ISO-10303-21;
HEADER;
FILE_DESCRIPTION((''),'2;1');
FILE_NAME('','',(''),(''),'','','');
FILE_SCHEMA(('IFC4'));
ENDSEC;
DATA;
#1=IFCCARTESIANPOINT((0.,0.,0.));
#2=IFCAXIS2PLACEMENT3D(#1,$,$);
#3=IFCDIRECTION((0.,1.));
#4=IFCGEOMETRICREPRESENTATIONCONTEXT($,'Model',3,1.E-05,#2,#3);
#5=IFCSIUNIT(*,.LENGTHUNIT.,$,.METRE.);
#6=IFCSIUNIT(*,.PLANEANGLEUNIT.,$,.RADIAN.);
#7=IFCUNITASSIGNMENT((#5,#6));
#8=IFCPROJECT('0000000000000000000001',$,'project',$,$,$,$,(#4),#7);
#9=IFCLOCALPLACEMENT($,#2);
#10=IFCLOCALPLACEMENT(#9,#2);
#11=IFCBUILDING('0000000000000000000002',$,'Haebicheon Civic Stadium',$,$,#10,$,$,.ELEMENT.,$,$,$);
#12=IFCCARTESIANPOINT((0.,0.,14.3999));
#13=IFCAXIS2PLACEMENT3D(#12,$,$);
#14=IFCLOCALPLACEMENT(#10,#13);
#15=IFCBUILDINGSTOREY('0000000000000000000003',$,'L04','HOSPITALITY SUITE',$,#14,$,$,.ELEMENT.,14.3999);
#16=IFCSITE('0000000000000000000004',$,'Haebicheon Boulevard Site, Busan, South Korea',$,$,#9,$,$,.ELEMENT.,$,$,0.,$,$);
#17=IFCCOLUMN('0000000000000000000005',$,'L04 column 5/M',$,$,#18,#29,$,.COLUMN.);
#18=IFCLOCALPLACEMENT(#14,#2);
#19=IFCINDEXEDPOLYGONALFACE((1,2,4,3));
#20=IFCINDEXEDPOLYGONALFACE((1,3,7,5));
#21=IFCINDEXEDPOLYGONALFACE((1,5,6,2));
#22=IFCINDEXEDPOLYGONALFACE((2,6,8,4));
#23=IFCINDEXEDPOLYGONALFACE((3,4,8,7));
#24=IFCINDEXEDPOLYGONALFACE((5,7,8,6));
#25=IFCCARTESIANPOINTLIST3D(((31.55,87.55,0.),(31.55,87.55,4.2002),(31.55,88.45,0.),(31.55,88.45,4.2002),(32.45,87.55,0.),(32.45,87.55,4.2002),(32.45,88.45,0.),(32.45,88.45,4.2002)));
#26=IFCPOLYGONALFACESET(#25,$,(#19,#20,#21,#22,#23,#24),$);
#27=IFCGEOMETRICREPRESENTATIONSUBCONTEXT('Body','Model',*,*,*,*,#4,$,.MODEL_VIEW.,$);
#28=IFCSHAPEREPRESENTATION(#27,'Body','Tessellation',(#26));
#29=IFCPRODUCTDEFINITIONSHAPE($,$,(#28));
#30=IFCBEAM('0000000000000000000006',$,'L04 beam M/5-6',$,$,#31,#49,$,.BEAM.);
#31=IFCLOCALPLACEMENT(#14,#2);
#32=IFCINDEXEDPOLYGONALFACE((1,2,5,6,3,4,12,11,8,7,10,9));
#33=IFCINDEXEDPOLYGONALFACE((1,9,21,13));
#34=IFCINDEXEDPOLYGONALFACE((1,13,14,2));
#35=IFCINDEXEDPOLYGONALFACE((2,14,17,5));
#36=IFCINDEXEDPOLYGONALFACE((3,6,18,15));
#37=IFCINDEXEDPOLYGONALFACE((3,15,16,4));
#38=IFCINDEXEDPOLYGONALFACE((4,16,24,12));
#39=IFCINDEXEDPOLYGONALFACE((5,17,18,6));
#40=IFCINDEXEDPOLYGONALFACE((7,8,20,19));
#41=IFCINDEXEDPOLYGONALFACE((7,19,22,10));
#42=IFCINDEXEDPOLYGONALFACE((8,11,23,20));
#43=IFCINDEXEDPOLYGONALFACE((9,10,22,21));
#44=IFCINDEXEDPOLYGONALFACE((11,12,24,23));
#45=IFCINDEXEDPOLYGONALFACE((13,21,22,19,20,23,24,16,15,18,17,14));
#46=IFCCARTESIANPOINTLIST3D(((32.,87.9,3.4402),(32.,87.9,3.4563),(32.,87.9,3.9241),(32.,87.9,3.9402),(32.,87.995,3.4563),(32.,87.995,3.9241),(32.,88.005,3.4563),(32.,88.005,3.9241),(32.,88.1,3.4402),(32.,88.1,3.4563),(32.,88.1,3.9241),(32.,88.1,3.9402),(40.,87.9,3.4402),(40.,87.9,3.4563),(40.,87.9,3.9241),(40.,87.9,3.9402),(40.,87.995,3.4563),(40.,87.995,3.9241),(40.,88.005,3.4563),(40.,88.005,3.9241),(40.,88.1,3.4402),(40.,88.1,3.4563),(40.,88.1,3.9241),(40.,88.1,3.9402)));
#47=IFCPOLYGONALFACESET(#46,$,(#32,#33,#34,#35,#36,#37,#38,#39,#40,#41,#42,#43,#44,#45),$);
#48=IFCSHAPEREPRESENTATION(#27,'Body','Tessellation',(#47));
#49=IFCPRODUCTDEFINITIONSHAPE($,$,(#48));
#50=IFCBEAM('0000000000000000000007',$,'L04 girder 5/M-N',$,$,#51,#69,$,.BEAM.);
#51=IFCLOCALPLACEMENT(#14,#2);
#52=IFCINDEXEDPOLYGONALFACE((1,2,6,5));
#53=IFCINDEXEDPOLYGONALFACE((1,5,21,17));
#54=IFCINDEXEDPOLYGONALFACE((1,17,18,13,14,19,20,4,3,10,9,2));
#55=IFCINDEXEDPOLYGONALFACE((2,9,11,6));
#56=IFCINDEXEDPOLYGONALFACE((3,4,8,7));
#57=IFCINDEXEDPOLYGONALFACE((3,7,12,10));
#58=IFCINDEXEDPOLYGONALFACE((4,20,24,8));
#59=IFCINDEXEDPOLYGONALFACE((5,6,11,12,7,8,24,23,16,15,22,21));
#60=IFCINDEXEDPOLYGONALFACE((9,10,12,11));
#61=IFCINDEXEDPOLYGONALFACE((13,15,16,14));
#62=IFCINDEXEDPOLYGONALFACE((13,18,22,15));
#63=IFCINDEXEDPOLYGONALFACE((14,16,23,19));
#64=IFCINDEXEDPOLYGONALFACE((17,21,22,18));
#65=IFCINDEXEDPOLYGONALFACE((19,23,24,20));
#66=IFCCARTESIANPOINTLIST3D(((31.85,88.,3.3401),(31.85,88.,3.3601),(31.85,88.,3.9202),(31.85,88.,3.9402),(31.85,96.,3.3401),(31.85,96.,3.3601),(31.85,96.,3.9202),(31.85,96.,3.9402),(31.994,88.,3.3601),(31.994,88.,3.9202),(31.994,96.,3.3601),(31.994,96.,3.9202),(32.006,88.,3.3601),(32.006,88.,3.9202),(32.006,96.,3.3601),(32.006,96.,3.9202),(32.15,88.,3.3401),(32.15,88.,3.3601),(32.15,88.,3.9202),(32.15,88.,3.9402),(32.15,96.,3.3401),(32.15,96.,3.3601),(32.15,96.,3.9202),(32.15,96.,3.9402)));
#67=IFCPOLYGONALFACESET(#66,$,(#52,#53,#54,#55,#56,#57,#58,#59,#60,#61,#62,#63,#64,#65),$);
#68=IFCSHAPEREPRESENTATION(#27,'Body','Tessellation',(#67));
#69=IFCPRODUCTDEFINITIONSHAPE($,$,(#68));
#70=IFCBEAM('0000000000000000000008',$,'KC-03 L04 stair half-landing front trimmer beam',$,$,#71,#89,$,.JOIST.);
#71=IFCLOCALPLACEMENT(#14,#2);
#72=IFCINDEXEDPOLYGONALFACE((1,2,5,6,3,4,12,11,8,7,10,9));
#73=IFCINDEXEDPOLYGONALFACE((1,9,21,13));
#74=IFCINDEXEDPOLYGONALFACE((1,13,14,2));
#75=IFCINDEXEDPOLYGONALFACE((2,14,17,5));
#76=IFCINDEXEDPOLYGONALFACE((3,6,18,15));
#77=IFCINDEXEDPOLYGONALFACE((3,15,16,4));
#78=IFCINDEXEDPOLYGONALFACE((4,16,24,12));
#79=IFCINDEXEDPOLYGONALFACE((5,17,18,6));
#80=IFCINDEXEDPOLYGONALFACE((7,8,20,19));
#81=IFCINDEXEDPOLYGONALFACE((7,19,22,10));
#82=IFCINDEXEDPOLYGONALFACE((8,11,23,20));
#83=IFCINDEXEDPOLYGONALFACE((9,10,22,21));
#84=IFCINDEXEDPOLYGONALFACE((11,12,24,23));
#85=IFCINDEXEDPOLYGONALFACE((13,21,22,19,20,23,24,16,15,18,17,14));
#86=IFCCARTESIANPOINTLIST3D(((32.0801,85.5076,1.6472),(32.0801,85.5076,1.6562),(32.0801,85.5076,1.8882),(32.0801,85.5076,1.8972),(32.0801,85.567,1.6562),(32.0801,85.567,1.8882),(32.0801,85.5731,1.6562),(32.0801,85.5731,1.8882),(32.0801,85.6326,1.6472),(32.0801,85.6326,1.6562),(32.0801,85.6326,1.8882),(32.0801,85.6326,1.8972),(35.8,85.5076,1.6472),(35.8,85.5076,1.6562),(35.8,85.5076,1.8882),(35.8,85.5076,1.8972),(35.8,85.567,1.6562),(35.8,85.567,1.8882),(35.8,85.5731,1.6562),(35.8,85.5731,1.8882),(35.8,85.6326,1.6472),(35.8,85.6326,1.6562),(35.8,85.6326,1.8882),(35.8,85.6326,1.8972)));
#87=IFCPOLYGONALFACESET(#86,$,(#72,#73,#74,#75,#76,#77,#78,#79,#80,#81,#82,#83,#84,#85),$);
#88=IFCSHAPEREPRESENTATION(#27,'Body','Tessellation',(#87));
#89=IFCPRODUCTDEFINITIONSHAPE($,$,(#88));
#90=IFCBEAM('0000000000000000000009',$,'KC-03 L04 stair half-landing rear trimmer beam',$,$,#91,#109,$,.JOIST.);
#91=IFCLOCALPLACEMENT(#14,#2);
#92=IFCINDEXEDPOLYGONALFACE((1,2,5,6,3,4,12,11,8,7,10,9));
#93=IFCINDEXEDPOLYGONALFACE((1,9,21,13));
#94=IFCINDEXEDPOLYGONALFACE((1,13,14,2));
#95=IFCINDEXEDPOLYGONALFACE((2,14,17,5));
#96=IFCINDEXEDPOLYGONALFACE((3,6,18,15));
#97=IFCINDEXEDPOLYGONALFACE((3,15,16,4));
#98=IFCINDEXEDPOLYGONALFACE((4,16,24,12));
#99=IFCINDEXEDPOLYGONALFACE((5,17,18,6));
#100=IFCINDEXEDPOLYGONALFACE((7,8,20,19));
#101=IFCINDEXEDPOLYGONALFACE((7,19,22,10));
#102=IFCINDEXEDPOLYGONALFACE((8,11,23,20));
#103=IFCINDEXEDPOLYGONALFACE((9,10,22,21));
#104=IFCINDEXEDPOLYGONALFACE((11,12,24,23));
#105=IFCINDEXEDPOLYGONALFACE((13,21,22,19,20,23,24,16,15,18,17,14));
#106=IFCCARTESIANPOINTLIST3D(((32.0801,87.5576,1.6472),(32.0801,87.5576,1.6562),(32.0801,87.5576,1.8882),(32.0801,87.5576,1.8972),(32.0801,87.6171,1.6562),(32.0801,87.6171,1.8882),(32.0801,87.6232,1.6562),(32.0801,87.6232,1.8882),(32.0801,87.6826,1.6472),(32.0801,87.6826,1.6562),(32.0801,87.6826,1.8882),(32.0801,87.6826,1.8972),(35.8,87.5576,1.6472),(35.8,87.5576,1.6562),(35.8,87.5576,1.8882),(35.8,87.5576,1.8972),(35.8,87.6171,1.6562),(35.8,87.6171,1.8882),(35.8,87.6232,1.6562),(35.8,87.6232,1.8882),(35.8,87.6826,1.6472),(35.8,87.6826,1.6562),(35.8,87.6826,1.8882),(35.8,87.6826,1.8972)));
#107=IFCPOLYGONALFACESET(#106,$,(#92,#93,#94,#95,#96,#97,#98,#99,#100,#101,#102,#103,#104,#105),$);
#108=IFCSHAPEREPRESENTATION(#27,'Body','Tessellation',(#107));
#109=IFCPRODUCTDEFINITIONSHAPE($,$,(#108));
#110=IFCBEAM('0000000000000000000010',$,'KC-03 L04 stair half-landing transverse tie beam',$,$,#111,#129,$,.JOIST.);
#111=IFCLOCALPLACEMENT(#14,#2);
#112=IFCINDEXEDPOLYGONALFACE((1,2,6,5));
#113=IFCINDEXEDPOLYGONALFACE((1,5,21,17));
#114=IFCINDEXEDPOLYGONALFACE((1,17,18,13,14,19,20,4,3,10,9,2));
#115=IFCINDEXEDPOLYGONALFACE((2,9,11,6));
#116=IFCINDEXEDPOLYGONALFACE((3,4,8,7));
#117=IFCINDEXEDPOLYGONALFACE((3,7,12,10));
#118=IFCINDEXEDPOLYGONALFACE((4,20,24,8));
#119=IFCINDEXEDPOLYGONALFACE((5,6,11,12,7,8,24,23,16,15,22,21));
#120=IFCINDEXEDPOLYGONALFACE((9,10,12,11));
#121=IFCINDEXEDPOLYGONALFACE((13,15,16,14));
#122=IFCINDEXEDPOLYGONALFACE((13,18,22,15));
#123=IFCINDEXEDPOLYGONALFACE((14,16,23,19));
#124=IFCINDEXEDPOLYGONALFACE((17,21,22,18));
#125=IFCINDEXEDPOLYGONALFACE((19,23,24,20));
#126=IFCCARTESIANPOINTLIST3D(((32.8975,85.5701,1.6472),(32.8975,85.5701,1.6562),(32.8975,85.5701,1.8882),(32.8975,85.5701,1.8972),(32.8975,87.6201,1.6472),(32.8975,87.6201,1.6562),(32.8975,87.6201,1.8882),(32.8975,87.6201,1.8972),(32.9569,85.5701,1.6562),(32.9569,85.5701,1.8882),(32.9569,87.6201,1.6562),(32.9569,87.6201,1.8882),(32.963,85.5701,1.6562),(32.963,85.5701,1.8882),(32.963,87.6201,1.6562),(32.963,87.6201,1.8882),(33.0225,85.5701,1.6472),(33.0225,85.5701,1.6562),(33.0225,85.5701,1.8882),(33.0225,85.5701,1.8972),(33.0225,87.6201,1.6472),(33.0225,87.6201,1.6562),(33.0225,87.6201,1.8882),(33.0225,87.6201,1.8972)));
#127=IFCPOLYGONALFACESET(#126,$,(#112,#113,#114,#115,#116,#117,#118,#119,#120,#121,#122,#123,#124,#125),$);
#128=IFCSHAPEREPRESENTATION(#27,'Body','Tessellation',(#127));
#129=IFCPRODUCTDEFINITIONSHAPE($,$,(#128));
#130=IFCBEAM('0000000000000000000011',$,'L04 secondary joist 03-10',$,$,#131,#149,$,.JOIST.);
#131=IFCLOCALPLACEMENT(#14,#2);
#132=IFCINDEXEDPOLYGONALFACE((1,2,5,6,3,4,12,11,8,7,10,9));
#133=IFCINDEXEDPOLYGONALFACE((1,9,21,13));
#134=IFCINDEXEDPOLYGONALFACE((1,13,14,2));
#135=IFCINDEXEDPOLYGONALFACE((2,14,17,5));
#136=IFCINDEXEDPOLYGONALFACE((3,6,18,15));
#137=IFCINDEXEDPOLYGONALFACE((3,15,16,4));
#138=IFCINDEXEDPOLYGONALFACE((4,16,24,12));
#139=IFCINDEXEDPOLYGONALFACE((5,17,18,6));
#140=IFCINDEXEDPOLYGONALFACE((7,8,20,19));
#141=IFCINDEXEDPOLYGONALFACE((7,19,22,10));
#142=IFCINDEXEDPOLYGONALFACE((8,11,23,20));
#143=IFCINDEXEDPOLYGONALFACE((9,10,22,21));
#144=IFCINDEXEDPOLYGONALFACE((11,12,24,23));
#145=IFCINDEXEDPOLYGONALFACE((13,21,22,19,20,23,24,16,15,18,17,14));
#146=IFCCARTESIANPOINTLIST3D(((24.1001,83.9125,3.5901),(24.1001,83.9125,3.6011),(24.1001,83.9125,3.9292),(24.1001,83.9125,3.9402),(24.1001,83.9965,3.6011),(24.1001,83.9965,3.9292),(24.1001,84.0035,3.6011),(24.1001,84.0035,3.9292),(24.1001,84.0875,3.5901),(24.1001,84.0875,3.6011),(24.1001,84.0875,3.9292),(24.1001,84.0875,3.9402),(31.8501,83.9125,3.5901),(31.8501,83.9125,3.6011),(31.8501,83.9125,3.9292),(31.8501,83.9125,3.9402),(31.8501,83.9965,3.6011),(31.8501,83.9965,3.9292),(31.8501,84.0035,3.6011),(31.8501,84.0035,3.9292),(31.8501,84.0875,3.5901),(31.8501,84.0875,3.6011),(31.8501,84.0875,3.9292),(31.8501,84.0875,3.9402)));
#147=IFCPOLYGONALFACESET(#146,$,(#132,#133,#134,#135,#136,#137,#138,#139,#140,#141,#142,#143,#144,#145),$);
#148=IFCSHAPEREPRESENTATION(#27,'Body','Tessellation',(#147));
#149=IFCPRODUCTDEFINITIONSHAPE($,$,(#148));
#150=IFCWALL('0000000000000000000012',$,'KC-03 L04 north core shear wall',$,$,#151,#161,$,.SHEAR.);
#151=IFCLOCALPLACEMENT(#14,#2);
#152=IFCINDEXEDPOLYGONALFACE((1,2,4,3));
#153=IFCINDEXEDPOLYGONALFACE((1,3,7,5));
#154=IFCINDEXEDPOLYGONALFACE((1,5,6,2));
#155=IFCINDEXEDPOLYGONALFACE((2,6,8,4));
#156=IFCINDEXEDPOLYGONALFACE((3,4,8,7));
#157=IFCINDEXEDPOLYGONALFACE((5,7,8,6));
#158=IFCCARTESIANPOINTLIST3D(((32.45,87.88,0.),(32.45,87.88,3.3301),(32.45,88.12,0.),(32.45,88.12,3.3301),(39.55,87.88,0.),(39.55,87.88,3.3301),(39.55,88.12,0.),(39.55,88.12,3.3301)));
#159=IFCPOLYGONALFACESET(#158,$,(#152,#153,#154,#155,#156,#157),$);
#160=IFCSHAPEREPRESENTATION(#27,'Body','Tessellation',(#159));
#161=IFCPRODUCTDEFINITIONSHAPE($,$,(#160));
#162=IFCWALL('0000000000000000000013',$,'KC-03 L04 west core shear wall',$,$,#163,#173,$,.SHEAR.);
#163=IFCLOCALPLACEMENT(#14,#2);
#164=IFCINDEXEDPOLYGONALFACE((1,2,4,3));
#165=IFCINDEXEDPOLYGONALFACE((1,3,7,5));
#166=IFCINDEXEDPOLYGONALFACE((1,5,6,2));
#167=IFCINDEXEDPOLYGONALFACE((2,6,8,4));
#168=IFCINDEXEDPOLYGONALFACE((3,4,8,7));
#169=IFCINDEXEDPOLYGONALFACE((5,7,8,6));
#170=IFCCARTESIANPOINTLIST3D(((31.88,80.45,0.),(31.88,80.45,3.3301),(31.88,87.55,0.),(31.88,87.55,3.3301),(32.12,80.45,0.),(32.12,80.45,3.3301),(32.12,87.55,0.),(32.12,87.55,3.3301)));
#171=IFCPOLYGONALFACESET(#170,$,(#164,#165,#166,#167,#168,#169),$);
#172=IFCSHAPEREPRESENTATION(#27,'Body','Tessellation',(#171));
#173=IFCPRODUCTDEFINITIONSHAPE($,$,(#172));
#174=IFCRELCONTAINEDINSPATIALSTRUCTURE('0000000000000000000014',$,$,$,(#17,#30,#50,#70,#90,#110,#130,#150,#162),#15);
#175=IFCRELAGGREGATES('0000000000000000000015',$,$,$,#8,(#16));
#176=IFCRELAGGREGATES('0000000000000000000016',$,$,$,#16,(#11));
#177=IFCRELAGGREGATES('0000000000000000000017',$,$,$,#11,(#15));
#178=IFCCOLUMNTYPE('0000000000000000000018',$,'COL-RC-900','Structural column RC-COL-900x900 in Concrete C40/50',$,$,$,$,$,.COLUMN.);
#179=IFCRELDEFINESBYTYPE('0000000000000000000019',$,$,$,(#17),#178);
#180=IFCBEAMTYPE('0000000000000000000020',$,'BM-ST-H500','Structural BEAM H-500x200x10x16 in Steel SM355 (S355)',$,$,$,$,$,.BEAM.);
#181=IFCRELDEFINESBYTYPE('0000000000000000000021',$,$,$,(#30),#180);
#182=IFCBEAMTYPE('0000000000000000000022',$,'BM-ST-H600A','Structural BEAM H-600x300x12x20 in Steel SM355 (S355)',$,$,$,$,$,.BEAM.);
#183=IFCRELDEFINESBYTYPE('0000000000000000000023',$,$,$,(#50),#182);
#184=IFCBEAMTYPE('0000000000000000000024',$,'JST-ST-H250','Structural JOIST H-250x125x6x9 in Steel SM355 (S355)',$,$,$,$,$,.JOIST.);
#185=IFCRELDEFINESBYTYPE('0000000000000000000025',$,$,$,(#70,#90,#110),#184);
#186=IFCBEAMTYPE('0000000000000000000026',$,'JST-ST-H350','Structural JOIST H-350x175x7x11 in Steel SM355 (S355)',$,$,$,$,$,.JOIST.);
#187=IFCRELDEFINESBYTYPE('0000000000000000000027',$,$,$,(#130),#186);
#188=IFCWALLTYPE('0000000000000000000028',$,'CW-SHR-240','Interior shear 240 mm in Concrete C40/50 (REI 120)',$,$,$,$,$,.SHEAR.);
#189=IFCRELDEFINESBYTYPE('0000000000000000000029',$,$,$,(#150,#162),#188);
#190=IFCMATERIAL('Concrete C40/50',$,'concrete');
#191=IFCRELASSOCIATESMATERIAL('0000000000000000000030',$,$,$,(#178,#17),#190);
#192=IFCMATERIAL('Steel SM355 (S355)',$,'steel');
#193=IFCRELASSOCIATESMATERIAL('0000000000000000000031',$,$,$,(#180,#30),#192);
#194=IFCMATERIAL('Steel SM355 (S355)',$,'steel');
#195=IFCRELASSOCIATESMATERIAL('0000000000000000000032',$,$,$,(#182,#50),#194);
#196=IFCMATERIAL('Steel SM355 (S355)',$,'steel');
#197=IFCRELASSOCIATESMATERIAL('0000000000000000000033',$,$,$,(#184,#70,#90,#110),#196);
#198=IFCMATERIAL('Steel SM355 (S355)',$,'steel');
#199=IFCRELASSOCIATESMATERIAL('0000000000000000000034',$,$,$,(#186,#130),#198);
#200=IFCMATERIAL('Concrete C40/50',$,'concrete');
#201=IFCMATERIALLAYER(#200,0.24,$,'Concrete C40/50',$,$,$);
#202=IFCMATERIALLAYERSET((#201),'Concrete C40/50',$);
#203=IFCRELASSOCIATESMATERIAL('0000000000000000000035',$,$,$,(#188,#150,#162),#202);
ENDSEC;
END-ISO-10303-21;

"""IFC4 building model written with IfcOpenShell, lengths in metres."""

from ifc_helpers import new_model, si_unit, direction, frame, frame_2d, origin, origin_2d, place, context, subcontext, project, spatial, rectangle, i_section, extrude, material, layer, layer_set, material_profile, profile_set, type_object, element, save


model = new_model("IFC4")

# Units and contexts
model_context = context("Model", 3, precision=1e-05, world=origin(), true_north=direction((0.0, 1.0)))
body_context = subcontext(model_context, "Body", "Model", "MODEL_VIEW")
ifc_project = project(units=[si_unit("LENGTHUNIT", "METRE"), si_unit("PLANEANGLEUNIT", "RADIAN")], contexts=[model_context])

# Site, building, storey
site_placement = place(None, origin())
site = spatial("IfcSite", under=ifc_project, at=site_placement, Name="Haebicheon Boulevard Site, Busan, South Korea", CompositionType="ELEMENT", RefElevation=0.0)
building_placement = place(site_placement, origin())
building = spatial("IfcBuilding", under=site, at=building_placement, Name="Haebicheon Civic Stadium", CompositionType="ELEMENT")
storey_placement = place(building_placement, frame((0.0, 0.0, 14.3999)))
storey = spatial("IfcBuildingStorey", under=building, at=storey_placement, Name="L04", Description="HOSPITALITY SUITE", CompositionType="ELEMENT", Elevation=14.3999)

# Column
ifc_material_1 = material(Name="Concrete C40/50", Category="concrete")
ifc_material_profile_1 = material_profile(ifc_material_1, rectangle(XDim=0.8999, YDim=0.8999, at=origin_2d()), Name="RC-COL-900x900")
ifc_profile_set_1 = profile_set([ifc_material_profile_1], Name="Concrete C40/50")
column_type = type_object("IfcColumnType", Name="COL-RC-900", Description="Structural column RC-COL-900x900 in Concrete C40/50", PredefinedType="COLUMN", material=ifc_profile_set_1)
column_placement = place(storey_placement, frame((32.0, 88.0, 0.0), z_axis=(0.0, 0.0, 1.0), x_axis=(1.0, 0.0, 0.0)))
element("IfcColumn", 1, at=column_placement, inside=storey, type_object=column_type, material=ifc_profile_set_1, Name="L04 column 5/M", PredefinedType="COLUMN", context=body_context, shape_type="SweptSolid", body=[
    extrude(rectangle(XDim=0.8999, YDim=0.8999, at=origin_2d()), origin(), (0.0, 0.0, 1.0), 4.2002),
])

# Beams
ifc_material_2 = material(Name="Steel SM355 (S355)", Category="steel")
ifc_material_profile_2 = material_profile(ifc_material_2, i_section(OverallWidth=0.2, OverallDepth=0.5, WebThickness=0.01, FlangeThickness=0.0161, at=origin_2d()), Name="H-500x200x10x16")
ifc_profile_set_2 = profile_set([ifc_material_profile_2], Name="Steel SM355 (S355)")
beam_type_1 = type_object("IfcBeamType", Name="BM-ST-H500", Description="Structural BEAM H-500x200x10x16 in Steel SM355 (S355)", PredefinedType="BEAM", material=ifc_profile_set_2)
beam_1_placement = place(storey_placement, frame((32.0, 88.0, 3.6902), z_axis=(1.0, 0.0, 0.0), x_axis=(0.0, 1.0, 0.0)))
element("IfcBeam", 2, at=beam_1_placement, inside=storey, type_object=beam_type_1, material=ifc_profile_set_2, Name="L04 beam M/5-6", PredefinedType="BEAM", context=body_context, shape_type="SweptSolid", body=[
    extrude(i_section(OverallWidth=0.2, OverallDepth=0.5, WebThickness=0.01, FlangeThickness=0.0161, at=origin_2d()), origin(), (0.0, 0.0, 1.0), 8.0),
])
ifc_material_3 = material(Name="Steel SM355 (S355)", Category="steel")
ifc_material_profile_3 = material_profile(ifc_material_3, i_section(OverallWidth=0.3, OverallDepth=0.6001, WebThickness=0.012, FlangeThickness=0.02, at=origin_2d()), Name="H-600x300x12x20")
ifc_profile_set_3 = profile_set([ifc_material_profile_3], Name="Steel SM355 (S355)")
beam_type_2 = type_object("IfcBeamType", Name="BM-ST-H600A", Description="Structural BEAM H-600x300x12x20 in Steel SM355 (S355)", PredefinedType="BEAM", material=ifc_profile_set_3)
beam_2_placement = place(storey_placement, frame((32.0, 88.0, 3.6401), z_axis=(0.0, 1.0, 0.0), x_axis=(-1.0, 0.0, 0.0)))
element("IfcBeam", 3, at=beam_2_placement, inside=storey, type_object=beam_type_2, material=ifc_profile_set_3, Name="L04 girder 5/M-N", PredefinedType="BEAM", context=body_context, shape_type="SweptSolid", body=[
    extrude(i_section(OverallWidth=0.3, OverallDepth=0.6001, WebThickness=0.012, FlangeThickness=0.02, at=origin_2d()), origin(), (0.0, 0.0, 1.0), 8.0),
])
ifc_material_4 = material(Name="Steel SM355 (S355)", Category="steel")
ifc_material_profile_4 = material_profile(ifc_material_4, i_section(OverallWidth=0.125, OverallDepth=0.25, WebThickness=0.0061, FlangeThickness=0.009, at=origin_2d()), Name="H-250x125x6x9")
ifc_profile_set_4 = profile_set([ifc_material_profile_4], Name="Steel SM355 (S355)")
beam_type_3 = type_object("IfcBeamType", Name="JST-ST-H250", Description="Structural JOIST H-250x125x6x9 in Steel SM355 (S355)", PredefinedType="JOIST", material=ifc_profile_set_4)
for number, where, z_axis, x_axis, name in (
    (4, (32.0801, 85.5701, 1.7722), (1.0, 0.0, 0.0), (0.0, 1.0, 0.0), "KC-03 L04 stair half-landing front trimmer beam"),
    (5, (32.0801, 87.6201, 1.7722), (1.0, 0.0, 0.0), (0.0, 1.0, 0.0), "KC-03 L04 stair half-landing rear trimmer beam"),
):
    element("IfcBeam", number, at=place(storey_placement, frame(where, z_axis=z_axis, x_axis=x_axis)), inside=storey, type_object=beam_type_3, material=ifc_profile_set_4, Name=name, PredefinedType="JOIST", context=body_context, shape_type="SweptSolid", body=[
        extrude(i_section(OverallWidth=0.125, OverallDepth=0.25, WebThickness=0.0061, FlangeThickness=0.009, at=origin_2d()), origin(), (0.0, 0.0, 1.0), 3.72),
    ])
beam_3_placement = place(storey_placement, frame((32.96, 85.5701, 1.7722), z_axis=(0.0, 1.0, 0.0), x_axis=(-1.0, 0.0, 0.0)))
element("IfcBeam", 6, at=beam_3_placement, inside=storey, type_object=beam_type_3, material=ifc_profile_set_4, Name="KC-03 L04 stair half-landing transverse tie beam", PredefinedType="JOIST", context=body_context, shape_type="SweptSolid", body=[
    extrude(i_section(OverallWidth=0.125, OverallDepth=0.25, WebThickness=0.0061, FlangeThickness=0.009, at=origin_2d()), origin(), (0.0, 0.0, 1.0), 2.05),
])
ifc_material_5 = material(Name="Steel SM355 (S355)", Category="steel")
ifc_material_profile_5 = material_profile(ifc_material_5, i_section(OverallWidth=0.175, OverallDepth=0.3501, WebThickness=0.0071, FlangeThickness=0.011, at=origin_2d()), Name="H-350x175x7x11")
ifc_profile_set_5 = profile_set([ifc_material_profile_5], Name="Steel SM355 (S355)")
beam_type_4 = type_object("IfcBeamType", Name="JST-ST-H350", Description="Structural JOIST H-350x175x7x11 in Steel SM355 (S355)", PredefinedType="JOIST", material=ifc_profile_set_5)
beam_4_placement = place(storey_placement, frame((24.1001, 84.0, 3.7651), z_axis=(1.0, 0.0, 0.0), x_axis=(0.0, 1.0, 0.0)))
element("IfcBeam", 7, at=beam_4_placement, inside=storey, type_object=beam_type_4, material=ifc_profile_set_5, Name="L04 secondary joist 03-10", PredefinedType="JOIST", context=body_context, shape_type="SweptSolid", body=[
    extrude(i_section(OverallWidth=0.175, OverallDepth=0.3501, WebThickness=0.0071, FlangeThickness=0.011, at=origin_2d()), origin(), (0.0, 0.0, 1.0), 7.75),
])

# Walls
ifc_material_6 = material(Name="Concrete C40/50", Category="concrete")
ifc_layer_1 = layer(ifc_material_6, 0.24, Name="Concrete C40/50")
ifc_layer_set_1 = layer_set([ifc_layer_1], Name="Concrete C40/50")
wall_type_1 = type_object("IfcWallType", Name="CW-SHR-240", Description="Interior shear 240 mm in Concrete C40/50 (REI 120)", PredefinedType="SHEAR", material=ifc_layer_set_1)
for number, where, z_axis, x_axis, name in (
    (8, (32.45, 88.0, 0.0), (0.0, 0.0, 1.0), (1.0, 0.0, 0.0), "KC-03 L04 north core shear wall"),
    (9, (32.0, 80.45, 0.0), (0.0, 0.0, 1.0), (0.0, 1.0, 0.0), "KC-03 L04 west core shear wall"),
):
    element("IfcWall", number, at=place(storey_placement, frame(where, z_axis=z_axis, x_axis=x_axis)), inside=storey, type_object=wall_type_1, material=ifc_layer_set_1, Name=name, PredefinedType="SHEAR", context=body_context, shape_type="SweptSolid", body=[
        extrude(rectangle(XDim=7.1001, YDim=0.24, at=frame_2d((3.55, 0.0))), origin(), (0.0, 0.0, 1.0), 3.3301),
    ])

save(model, "model.ifc")
